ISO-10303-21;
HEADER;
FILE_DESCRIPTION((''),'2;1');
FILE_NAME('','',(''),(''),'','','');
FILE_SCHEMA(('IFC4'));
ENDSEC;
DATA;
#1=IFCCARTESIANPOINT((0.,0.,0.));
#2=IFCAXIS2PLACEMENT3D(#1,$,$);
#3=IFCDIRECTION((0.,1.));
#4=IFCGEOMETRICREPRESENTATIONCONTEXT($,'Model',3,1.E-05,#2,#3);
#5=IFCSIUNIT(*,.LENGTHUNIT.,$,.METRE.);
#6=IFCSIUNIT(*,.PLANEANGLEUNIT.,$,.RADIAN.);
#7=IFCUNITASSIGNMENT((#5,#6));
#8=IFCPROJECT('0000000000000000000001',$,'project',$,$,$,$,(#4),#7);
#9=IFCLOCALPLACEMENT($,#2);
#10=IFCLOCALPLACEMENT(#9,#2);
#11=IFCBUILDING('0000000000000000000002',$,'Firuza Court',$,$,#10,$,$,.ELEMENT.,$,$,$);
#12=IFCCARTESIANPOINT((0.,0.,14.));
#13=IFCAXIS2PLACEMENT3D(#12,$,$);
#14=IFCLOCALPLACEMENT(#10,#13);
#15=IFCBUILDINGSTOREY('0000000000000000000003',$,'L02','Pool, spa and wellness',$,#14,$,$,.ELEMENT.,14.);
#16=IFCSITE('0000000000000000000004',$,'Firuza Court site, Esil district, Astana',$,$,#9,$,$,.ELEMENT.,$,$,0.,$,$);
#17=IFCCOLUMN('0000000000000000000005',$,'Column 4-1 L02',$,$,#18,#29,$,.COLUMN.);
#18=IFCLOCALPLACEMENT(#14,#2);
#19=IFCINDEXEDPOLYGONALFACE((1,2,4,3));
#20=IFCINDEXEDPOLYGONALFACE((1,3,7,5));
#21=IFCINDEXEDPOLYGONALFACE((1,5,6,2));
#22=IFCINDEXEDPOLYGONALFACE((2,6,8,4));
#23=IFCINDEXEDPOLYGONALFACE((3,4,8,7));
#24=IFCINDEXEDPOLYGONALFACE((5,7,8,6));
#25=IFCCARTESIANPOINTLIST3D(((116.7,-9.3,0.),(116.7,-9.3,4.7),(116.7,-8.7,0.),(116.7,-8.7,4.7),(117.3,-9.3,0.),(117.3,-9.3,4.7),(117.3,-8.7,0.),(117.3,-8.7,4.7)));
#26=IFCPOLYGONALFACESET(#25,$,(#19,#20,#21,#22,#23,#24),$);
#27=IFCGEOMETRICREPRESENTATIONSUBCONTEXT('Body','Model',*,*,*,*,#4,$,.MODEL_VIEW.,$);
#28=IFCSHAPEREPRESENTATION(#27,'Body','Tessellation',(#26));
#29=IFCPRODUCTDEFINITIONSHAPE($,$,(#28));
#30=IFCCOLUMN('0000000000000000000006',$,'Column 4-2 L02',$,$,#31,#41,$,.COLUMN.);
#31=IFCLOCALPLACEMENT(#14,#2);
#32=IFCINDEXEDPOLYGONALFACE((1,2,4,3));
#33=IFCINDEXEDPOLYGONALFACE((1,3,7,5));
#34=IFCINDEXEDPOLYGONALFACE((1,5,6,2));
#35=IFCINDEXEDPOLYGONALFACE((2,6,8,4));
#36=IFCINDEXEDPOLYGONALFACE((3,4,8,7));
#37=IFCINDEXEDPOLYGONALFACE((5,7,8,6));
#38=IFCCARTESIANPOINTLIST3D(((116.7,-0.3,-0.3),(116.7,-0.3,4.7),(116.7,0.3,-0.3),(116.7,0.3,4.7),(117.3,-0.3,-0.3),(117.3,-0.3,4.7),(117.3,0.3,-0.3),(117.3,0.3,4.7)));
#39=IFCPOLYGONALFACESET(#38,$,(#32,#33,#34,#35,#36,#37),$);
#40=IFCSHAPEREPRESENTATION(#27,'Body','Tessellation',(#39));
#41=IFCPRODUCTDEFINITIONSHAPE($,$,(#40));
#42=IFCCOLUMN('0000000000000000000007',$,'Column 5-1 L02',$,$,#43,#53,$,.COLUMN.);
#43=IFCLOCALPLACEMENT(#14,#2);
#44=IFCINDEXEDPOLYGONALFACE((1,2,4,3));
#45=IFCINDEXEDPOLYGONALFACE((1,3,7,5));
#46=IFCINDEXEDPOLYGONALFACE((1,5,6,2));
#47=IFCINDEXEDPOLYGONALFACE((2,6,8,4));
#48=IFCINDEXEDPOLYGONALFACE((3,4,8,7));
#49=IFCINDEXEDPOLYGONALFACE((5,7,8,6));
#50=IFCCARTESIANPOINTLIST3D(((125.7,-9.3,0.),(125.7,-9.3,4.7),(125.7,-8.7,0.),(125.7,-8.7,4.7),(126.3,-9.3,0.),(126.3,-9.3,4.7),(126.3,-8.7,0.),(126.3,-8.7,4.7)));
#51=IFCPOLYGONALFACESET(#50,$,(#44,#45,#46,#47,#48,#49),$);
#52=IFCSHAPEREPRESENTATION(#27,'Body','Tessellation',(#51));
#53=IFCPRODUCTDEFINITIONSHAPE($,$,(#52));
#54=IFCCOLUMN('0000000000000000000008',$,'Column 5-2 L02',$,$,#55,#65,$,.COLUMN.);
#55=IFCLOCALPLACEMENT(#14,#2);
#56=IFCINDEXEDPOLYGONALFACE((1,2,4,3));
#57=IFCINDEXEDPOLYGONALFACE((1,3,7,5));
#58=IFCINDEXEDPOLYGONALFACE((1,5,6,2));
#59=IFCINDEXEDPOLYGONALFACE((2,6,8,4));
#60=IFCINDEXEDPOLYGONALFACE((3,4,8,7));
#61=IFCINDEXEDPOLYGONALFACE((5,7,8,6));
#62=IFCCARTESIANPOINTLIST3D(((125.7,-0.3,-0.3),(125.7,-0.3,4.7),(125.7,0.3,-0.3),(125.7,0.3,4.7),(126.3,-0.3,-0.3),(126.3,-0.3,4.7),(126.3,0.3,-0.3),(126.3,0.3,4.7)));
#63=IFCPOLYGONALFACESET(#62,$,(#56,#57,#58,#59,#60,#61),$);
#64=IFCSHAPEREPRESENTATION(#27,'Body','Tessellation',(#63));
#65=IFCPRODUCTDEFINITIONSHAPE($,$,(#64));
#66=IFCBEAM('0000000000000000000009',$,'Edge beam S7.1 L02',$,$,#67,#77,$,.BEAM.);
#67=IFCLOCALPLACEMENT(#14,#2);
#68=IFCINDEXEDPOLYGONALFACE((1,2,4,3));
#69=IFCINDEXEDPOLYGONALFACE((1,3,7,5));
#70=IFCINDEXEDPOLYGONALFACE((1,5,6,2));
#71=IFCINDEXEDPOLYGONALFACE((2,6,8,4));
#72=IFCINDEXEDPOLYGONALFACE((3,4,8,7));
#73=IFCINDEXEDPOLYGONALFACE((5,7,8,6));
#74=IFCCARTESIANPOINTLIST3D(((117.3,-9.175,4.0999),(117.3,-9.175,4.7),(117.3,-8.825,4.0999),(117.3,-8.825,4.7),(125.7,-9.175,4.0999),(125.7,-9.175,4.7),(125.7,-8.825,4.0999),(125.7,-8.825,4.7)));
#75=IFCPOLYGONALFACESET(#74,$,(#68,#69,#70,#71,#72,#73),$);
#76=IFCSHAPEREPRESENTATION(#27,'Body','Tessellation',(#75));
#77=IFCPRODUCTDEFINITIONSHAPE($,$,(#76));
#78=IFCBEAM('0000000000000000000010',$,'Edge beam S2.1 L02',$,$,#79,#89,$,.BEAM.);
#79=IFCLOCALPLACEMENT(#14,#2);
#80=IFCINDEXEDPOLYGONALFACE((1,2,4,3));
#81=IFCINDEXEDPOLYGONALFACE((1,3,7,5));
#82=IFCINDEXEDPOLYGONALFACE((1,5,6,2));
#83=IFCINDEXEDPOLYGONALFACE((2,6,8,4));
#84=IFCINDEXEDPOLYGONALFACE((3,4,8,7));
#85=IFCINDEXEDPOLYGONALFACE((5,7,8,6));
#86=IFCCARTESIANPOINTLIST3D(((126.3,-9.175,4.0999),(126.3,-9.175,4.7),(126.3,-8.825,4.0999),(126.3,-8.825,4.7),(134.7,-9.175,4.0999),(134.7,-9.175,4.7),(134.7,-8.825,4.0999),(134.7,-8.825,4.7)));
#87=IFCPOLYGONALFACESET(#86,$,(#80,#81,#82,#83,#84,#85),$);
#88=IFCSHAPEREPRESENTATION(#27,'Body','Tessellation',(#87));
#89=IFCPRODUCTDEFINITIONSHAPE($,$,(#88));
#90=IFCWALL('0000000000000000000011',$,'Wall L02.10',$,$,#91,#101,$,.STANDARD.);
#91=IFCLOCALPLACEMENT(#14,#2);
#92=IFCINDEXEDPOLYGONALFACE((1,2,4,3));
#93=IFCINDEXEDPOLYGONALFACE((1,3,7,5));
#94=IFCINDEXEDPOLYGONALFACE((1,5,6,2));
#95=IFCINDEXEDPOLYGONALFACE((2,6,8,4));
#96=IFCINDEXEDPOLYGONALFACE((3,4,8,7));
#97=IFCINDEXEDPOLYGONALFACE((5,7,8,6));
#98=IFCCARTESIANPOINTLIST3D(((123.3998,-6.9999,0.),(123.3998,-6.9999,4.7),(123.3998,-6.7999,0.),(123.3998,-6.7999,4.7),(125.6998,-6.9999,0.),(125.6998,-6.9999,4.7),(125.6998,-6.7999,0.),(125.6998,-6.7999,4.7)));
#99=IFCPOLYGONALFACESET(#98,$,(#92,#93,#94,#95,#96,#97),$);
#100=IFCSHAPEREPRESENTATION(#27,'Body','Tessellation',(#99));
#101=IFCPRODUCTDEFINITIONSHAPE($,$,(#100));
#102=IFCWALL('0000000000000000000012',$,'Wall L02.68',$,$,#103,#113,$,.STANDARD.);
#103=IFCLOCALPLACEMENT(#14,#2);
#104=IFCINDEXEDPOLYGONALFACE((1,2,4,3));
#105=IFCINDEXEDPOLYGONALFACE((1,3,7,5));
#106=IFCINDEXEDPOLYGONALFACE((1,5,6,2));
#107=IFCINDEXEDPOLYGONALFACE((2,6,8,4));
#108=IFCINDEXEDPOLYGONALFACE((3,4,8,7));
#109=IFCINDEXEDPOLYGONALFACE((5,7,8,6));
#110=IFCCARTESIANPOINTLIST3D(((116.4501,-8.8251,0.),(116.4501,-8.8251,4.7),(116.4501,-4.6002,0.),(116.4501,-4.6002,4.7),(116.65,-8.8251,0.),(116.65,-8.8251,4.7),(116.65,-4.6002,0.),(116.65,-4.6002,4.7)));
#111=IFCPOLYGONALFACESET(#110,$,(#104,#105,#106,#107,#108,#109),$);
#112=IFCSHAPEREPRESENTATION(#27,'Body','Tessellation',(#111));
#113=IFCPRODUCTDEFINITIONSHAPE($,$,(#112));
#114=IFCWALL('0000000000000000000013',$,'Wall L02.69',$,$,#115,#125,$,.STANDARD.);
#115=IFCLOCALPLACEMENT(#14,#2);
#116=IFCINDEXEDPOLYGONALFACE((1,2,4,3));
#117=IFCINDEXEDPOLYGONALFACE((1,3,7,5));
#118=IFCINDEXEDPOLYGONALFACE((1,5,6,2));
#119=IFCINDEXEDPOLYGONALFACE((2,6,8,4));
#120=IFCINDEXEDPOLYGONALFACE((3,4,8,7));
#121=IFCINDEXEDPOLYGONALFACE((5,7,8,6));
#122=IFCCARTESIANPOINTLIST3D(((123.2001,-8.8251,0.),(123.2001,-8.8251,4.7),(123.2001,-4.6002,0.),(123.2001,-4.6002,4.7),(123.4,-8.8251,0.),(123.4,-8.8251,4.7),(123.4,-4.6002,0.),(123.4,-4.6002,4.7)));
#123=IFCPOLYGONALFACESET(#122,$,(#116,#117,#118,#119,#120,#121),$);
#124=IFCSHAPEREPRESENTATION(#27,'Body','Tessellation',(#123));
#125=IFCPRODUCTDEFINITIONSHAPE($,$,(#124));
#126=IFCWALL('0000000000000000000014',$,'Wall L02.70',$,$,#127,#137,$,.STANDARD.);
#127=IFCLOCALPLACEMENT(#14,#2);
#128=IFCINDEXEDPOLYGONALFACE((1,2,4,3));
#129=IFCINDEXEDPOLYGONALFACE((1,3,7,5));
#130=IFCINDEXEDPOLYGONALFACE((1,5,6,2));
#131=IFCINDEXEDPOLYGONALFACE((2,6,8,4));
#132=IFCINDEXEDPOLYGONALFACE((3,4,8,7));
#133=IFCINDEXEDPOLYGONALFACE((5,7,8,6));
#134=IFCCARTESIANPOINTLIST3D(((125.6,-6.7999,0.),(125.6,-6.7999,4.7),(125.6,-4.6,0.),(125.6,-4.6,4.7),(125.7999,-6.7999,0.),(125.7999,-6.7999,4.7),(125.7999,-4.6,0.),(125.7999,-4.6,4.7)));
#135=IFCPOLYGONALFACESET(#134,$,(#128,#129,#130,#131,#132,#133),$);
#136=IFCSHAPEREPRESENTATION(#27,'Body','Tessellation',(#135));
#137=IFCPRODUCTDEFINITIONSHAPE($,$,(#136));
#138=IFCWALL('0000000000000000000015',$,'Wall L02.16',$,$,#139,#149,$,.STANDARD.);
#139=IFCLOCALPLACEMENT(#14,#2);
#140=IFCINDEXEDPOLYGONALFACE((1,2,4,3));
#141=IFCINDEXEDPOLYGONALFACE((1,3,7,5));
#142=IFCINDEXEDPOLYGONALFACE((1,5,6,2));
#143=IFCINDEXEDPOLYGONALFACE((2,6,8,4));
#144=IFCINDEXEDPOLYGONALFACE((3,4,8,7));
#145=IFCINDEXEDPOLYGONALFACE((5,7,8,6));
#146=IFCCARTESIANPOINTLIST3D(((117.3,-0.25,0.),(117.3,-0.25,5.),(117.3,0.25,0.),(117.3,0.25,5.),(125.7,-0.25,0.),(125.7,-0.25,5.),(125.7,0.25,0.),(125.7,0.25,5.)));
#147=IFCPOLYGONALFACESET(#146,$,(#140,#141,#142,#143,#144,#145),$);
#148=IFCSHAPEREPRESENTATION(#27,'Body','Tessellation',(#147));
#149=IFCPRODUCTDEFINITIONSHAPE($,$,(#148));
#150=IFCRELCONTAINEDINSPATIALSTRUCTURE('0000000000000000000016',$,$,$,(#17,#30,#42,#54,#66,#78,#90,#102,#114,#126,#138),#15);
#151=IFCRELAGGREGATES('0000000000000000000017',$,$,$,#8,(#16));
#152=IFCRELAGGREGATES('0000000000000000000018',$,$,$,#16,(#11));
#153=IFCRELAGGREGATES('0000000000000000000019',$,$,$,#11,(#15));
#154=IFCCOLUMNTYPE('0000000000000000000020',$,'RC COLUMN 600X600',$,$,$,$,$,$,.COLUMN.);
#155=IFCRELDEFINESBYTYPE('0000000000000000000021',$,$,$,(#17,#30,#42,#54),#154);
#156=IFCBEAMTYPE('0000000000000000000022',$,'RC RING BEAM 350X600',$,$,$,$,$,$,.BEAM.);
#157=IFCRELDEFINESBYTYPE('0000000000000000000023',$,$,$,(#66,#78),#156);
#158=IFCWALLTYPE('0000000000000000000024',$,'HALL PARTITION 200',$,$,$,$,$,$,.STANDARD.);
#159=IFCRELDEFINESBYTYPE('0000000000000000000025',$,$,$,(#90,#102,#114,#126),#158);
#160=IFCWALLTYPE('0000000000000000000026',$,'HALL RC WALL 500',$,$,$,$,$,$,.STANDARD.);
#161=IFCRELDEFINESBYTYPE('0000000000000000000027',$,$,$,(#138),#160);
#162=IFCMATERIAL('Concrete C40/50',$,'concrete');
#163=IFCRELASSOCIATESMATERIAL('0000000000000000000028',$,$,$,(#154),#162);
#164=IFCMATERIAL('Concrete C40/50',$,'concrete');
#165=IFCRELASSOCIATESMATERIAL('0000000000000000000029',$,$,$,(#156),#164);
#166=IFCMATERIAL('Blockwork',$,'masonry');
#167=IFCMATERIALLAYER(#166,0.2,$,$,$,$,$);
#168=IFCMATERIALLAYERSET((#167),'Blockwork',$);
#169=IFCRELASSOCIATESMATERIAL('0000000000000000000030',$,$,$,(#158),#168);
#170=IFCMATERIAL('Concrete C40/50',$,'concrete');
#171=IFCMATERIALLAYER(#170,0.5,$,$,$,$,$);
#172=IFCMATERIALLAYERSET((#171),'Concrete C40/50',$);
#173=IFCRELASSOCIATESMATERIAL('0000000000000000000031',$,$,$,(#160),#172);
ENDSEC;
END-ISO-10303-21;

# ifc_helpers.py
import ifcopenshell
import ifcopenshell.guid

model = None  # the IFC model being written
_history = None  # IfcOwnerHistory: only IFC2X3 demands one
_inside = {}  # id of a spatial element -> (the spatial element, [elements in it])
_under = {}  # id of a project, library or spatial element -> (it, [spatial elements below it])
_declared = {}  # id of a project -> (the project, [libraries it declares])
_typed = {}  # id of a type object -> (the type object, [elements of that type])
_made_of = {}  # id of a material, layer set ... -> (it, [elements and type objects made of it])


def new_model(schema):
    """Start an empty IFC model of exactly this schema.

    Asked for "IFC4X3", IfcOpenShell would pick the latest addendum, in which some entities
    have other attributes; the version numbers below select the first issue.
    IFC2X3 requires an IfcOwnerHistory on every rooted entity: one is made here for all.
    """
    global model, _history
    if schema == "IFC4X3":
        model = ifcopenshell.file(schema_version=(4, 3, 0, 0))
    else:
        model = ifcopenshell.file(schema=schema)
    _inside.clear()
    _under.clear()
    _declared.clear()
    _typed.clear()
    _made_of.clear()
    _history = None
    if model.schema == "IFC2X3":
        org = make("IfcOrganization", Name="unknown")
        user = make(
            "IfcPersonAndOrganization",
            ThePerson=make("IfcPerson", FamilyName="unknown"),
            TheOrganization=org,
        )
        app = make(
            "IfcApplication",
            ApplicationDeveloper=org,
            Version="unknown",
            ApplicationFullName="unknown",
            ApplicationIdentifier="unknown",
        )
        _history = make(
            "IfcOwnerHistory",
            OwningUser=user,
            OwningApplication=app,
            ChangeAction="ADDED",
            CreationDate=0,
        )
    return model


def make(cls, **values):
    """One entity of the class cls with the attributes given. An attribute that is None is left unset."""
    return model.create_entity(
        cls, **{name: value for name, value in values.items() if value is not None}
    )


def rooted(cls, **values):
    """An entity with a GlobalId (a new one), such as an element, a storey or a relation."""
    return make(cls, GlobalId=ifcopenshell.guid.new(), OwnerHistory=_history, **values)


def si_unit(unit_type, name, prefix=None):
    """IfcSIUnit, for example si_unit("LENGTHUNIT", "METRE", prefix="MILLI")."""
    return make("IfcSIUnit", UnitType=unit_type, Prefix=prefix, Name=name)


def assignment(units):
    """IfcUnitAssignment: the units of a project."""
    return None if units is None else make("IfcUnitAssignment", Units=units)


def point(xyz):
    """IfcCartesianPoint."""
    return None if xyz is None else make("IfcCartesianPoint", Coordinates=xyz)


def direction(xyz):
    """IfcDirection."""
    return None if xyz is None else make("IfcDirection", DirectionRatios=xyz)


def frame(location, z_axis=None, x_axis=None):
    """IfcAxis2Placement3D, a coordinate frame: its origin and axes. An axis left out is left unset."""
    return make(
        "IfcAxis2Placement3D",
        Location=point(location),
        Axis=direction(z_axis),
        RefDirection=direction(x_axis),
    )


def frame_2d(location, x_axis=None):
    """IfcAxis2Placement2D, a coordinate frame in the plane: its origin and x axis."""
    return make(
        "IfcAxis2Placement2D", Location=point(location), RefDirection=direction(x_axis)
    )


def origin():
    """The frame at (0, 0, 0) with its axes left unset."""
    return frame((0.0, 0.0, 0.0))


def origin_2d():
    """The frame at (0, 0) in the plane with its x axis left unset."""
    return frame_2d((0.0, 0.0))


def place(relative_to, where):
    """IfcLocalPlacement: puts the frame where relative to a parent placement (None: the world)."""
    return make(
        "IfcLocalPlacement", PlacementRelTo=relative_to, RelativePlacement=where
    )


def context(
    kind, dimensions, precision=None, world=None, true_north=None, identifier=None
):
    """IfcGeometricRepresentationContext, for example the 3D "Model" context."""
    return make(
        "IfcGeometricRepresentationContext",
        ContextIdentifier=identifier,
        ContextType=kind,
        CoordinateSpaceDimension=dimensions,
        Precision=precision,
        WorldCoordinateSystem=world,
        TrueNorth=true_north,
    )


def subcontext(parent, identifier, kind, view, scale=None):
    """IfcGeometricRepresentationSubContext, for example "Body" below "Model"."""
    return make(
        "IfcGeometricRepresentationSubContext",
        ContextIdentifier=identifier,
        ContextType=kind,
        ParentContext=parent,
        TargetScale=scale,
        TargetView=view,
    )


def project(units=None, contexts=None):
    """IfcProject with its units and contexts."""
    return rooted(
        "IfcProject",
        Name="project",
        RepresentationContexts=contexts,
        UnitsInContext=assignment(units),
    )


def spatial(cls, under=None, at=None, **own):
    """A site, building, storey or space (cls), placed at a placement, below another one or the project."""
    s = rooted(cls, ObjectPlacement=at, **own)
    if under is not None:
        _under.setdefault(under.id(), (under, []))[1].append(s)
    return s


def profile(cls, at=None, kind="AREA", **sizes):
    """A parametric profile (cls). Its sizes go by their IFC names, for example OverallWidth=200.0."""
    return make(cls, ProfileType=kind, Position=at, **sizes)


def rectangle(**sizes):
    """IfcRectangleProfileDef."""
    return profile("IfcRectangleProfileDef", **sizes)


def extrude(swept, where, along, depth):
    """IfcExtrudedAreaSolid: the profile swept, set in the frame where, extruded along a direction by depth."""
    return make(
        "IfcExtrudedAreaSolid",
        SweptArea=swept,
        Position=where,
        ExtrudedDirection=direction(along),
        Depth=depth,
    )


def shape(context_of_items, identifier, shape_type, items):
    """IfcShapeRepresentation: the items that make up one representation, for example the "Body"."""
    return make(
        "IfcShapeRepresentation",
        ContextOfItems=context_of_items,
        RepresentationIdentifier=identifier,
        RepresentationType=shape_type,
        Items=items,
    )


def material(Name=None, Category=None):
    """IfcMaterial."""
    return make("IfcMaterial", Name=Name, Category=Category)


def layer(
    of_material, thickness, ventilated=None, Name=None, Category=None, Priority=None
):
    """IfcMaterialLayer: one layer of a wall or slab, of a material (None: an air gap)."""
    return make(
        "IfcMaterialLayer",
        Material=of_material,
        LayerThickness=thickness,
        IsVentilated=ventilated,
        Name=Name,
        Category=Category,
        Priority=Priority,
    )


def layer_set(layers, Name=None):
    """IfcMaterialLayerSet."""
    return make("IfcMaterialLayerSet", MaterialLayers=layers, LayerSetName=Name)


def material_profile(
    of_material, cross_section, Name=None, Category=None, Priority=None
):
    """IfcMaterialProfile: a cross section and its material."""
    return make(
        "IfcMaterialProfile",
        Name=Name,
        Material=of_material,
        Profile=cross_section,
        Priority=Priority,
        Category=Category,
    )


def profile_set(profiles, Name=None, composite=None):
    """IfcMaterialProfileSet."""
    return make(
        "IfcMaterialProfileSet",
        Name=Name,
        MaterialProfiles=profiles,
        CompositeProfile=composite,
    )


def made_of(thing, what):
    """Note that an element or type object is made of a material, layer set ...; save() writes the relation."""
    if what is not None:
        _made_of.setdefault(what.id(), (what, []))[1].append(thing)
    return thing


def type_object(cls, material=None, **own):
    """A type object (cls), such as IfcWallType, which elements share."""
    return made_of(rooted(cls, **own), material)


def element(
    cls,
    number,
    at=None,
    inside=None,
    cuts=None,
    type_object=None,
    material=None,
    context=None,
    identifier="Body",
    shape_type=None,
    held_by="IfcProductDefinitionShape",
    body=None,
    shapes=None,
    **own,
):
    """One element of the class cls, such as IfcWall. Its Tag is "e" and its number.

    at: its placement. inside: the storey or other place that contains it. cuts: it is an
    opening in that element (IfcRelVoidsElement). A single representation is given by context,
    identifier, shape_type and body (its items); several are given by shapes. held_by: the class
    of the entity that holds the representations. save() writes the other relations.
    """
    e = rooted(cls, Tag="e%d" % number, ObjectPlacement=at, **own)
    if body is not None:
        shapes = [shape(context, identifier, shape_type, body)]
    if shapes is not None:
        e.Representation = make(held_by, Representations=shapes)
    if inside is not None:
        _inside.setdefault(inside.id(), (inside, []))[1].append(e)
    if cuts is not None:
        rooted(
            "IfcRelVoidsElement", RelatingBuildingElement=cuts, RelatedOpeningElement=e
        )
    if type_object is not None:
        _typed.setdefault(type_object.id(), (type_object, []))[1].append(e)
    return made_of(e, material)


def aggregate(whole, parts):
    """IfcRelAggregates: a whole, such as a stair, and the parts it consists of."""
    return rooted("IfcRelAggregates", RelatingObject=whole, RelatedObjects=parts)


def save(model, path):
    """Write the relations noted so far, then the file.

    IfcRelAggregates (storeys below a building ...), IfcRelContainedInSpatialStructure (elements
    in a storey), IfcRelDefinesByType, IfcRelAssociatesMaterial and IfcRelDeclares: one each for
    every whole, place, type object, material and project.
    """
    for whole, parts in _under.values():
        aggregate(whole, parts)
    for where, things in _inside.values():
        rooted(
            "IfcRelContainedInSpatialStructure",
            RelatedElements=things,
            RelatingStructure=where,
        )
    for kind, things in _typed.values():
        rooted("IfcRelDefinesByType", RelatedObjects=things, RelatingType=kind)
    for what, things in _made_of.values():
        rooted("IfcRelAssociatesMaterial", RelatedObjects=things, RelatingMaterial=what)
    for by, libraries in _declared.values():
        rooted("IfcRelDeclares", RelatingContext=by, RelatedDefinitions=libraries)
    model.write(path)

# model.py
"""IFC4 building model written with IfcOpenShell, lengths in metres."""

from ifc_helpers import new_model, si_unit, direction, frame, frame_2d, origin, origin_2d, place, context, subcontext, project, spatial, rectangle, extrude, material, layer, layer_set, material_profile, profile_set, type_object, element, save


model = new_model("IFC4")

# Units and contexts
model_context = context("Model", 3, precision=1e-05, world=origin(), true_north=direction((0.0, 1.0)))
body_context = subcontext(model_context, "Body", "Model", "MODEL_VIEW")
ifc_project = project(units=[si_unit("LENGTHUNIT", "METRE"), si_unit("PLANEANGLEUNIT", "RADIAN")], contexts=[model_context])

# Site, building, storey
site_placement = place(None, origin())
site = spatial("IfcSite", under=ifc_project, at=site_placement, Name="Firuza Court site, Esil district, Astana", CompositionType="ELEMENT", RefElevation=0.0)
building_placement = place(site_placement, origin())
building = spatial("IfcBuilding", under=site, at=building_placement, Name="Firuza Court", CompositionType="ELEMENT")
storey_placement = place(building_placement, frame((0.0, 0.0, 14.0)))
storey = spatial("IfcBuildingStorey", under=building, at=storey_placement, Name="L02", Description="Pool, spa and wellness", CompositionType="ELEMENT", Elevation=14.0)

# Columns
ifc_material_1 = material(Name="Concrete C40/50", Category="concrete")
ifc_material_profile_1 = material_profile(ifc_material_1, rectangle(XDim=0.6001, YDim=0.6001, at=origin_2d()), Name="RC 600X600")
ifc_profile_set_1 = profile_set([ifc_material_profile_1], Name="Concrete C40/50")
column_type = type_object("IfcColumnType", Name="RC COLUMN 600X600", PredefinedType="COLUMN", material=ifc_profile_set_1)
column_1_placement = place(storey_placement, frame((117.0, -9.0, 0.0), z_axis=(0.0, 0.0, 1.0), x_axis=(1.0, 0.0, 0.0)))
element("IfcColumn", 1, at=column_1_placement, inside=storey, type_object=column_type, Name="Column 4-1 L02", PredefinedType="COLUMN", context=body_context, shape_type="SweptSolid", body=[
    extrude(rectangle(XDim=0.6001, YDim=0.6001, at=origin_2d()), origin(), (0.0, 0.0, 1.0), 4.7),
])
column_2_placement = place(storey_placement, frame((117.0, 0.0, -0.3), z_axis=(0.0, 0.0, 1.0), x_axis=(1.0, 0.0, 0.0)))
element("IfcColumn", 2, at=column_2_placement, inside=storey, type_object=column_type, Name="Column 4-2 L02", PredefinedType="COLUMN", context=body_context, shape_type="SweptSolid", body=[
    extrude(rectangle(XDim=0.6001, YDim=0.6001, at=origin_2d()), origin(), (0.0, 0.0, 1.0), 5.0),
])
column_3_placement = place(storey_placement, frame((126.0, -9.0, 0.0), z_axis=(0.0, 0.0, 1.0), x_axis=(1.0, 0.0, 0.0)))
element("IfcColumn", 3, at=column_3_placement, inside=storey, type_object=column_type, Name="Column 5-1 L02", PredefinedType="COLUMN", context=body_context, shape_type="SweptSolid", body=[
    extrude(rectangle(XDim=0.6001, YDim=0.6001, at=origin_2d()), origin(), (0.0, 0.0, 1.0), 4.7),
])
column_4_placement = place(storey_placement, frame((126.0, 0.0, -0.3), z_axis=(0.0, 0.0, 1.0), x_axis=(1.0, 0.0, 0.0)))
element("IfcColumn", 4, at=column_4_placement, inside=storey, type_object=column_type, Name="Column 5-2 L02", PredefinedType="COLUMN", context=body_context, shape_type="SweptSolid", body=[
    extrude(rectangle(XDim=0.6001, YDim=0.6001, at=origin_2d()), origin(), (0.0, 0.0, 1.0), 5.0),
])

# Beams
ifc_material_2 = material(Name="Concrete C40/50", Category="concrete")
ifc_material_profile_2 = material_profile(ifc_material_2, rectangle(XDim=0.3501, YDim=0.6001, at=origin_2d()), Name="RC 350X600")
ifc_profile_set_2 = profile_set([ifc_material_profile_2], Name="Concrete C40/50")
beam_type = type_object("IfcBeamType", Name="RC RING BEAM 350X600", PredefinedType="BEAM", material=ifc_profile_set_2)
for number, where, z_axis, x_axis, name in (
    (5, (117.3, -9.0, 4.3999), (1.0, 0.0, 0.0), (0.0, 1.0, 0.0), "Edge beam S7.1 L02"),
    (6, (126.3, -9.0, 4.3999), (1.0, 0.0, 0.0), (0.0, 1.0, 0.0), "Edge beam S2.1 L02"),
):
    element("IfcBeam", number, at=place(storey_placement, frame(where, z_axis=z_axis, x_axis=x_axis)), inside=storey, type_object=beam_type, Name=name, PredefinedType="BEAM", context=body_context, shape_type="SweptSolid", body=[
        extrude(rectangle(XDim=0.3501, YDim=0.6001, at=origin_2d()), origin(), (0.0, 0.0, 1.0), 8.3999),
    ])

# Walls
ifc_material_3 = material(Name="Blockwork", Category="masonry")
ifc_layer_1 = layer(ifc_material_3, 0.2)
ifc_layer_set_1 = layer_set([ifc_layer_1], Name="Blockwork")
wall_type_1 = type_object("IfcWallType", Name="HALL PARTITION 200", PredefinedType="STANDARD", material=ifc_layer_set_1)
wall_1_placement = place(storey_placement, frame((123.3999, -6.8999, 0.0), z_axis=(0.0, 0.0, 1.0), x_axis=(1.0, 0.0, 0.0)))
element("IfcWall", 7, at=wall_1_placement, inside=storey, type_object=wall_type_1, Name="Wall L02.10", PredefinedType="STANDARD", context=body_context, shape_type="SweptSolid", body=[
    extrude(rectangle(XDim=2.3, YDim=0.2, at=frame_2d((1.1499, 0.0))), origin(), (0.0, 0.0, 1.0), 4.7),
])
for number, where, z_axis, x_axis, name in (
    (8, (116.55, -8.825, 0.0), (0.0, 0.0, 1.0), (0.0, 1.0, 0.0), "Wall L02.68"),
    (9, (123.3, -8.825, 0.0), (0.0, 0.0, 1.0), (0.0, 1.0, 0.0), "Wall L02.69"),
):
    element("IfcWall", number, at=place(storey_placement, frame(where, z_axis=z_axis, x_axis=x_axis)), inside=storey, type_object=wall_type_1, Name=name, PredefinedType="STANDARD", context=body_context, shape_type="SweptSolid", body=[
        extrude(rectangle(XDim=4.2249, YDim=0.2, at=frame_2d((2.1123, 0.0))), origin(), (0.0, 0.0, 1.0), 4.7),
    ])
wall_2_placement = place(storey_placement, frame((125.7, -6.8, 0.0), z_axis=(0.0, 0.0, 1.0), x_axis=(0.0, 1.0, 0.0)))
element("IfcWall", 10, at=wall_2_placement, inside=storey, type_object=wall_type_1, Name="Wall L02.70", PredefinedType="STANDARD", context=body_context, shape_type="SweptSolid", body=[
    extrude(rectangle(XDim=2.2, YDim=0.2, at=frame_2d((1.1001, 0.0))), origin(), (0.0, 0.0, 1.0), 4.7),
])
ifc_material_4 = material(Name="Concrete C40/50", Category="concrete")
ifc_layer_2 = layer(ifc_material_4, 0.5)
ifc_layer_set_2 = layer_set([ifc_layer_2], Name="Concrete C40/50")
wall_type_2 = type_object("IfcWallType", Name="HALL RC WALL 500", PredefinedType="STANDARD", material=ifc_layer_set_2)
wall_3_placement = place(storey_placement, frame((117.3, 0.0, 0.0), z_axis=(0.0, 0.0, 1.0), x_axis=(1.0, 0.0, 0.0)))
element("IfcWall", 11, at=wall_3_placement, inside=storey, type_object=wall_type_2, Name="Wall L02.16", PredefinedType="STANDARD", context=body_context, shape_type="SweptSolid", body=[
    extrude(rectangle(XDim=8.3999, YDim=0.5, at=frame_2d((4.2, 0.0))), origin(), (0.0, 0.0, 1.0), 5.0),
])

save(model, "model.ifc")
